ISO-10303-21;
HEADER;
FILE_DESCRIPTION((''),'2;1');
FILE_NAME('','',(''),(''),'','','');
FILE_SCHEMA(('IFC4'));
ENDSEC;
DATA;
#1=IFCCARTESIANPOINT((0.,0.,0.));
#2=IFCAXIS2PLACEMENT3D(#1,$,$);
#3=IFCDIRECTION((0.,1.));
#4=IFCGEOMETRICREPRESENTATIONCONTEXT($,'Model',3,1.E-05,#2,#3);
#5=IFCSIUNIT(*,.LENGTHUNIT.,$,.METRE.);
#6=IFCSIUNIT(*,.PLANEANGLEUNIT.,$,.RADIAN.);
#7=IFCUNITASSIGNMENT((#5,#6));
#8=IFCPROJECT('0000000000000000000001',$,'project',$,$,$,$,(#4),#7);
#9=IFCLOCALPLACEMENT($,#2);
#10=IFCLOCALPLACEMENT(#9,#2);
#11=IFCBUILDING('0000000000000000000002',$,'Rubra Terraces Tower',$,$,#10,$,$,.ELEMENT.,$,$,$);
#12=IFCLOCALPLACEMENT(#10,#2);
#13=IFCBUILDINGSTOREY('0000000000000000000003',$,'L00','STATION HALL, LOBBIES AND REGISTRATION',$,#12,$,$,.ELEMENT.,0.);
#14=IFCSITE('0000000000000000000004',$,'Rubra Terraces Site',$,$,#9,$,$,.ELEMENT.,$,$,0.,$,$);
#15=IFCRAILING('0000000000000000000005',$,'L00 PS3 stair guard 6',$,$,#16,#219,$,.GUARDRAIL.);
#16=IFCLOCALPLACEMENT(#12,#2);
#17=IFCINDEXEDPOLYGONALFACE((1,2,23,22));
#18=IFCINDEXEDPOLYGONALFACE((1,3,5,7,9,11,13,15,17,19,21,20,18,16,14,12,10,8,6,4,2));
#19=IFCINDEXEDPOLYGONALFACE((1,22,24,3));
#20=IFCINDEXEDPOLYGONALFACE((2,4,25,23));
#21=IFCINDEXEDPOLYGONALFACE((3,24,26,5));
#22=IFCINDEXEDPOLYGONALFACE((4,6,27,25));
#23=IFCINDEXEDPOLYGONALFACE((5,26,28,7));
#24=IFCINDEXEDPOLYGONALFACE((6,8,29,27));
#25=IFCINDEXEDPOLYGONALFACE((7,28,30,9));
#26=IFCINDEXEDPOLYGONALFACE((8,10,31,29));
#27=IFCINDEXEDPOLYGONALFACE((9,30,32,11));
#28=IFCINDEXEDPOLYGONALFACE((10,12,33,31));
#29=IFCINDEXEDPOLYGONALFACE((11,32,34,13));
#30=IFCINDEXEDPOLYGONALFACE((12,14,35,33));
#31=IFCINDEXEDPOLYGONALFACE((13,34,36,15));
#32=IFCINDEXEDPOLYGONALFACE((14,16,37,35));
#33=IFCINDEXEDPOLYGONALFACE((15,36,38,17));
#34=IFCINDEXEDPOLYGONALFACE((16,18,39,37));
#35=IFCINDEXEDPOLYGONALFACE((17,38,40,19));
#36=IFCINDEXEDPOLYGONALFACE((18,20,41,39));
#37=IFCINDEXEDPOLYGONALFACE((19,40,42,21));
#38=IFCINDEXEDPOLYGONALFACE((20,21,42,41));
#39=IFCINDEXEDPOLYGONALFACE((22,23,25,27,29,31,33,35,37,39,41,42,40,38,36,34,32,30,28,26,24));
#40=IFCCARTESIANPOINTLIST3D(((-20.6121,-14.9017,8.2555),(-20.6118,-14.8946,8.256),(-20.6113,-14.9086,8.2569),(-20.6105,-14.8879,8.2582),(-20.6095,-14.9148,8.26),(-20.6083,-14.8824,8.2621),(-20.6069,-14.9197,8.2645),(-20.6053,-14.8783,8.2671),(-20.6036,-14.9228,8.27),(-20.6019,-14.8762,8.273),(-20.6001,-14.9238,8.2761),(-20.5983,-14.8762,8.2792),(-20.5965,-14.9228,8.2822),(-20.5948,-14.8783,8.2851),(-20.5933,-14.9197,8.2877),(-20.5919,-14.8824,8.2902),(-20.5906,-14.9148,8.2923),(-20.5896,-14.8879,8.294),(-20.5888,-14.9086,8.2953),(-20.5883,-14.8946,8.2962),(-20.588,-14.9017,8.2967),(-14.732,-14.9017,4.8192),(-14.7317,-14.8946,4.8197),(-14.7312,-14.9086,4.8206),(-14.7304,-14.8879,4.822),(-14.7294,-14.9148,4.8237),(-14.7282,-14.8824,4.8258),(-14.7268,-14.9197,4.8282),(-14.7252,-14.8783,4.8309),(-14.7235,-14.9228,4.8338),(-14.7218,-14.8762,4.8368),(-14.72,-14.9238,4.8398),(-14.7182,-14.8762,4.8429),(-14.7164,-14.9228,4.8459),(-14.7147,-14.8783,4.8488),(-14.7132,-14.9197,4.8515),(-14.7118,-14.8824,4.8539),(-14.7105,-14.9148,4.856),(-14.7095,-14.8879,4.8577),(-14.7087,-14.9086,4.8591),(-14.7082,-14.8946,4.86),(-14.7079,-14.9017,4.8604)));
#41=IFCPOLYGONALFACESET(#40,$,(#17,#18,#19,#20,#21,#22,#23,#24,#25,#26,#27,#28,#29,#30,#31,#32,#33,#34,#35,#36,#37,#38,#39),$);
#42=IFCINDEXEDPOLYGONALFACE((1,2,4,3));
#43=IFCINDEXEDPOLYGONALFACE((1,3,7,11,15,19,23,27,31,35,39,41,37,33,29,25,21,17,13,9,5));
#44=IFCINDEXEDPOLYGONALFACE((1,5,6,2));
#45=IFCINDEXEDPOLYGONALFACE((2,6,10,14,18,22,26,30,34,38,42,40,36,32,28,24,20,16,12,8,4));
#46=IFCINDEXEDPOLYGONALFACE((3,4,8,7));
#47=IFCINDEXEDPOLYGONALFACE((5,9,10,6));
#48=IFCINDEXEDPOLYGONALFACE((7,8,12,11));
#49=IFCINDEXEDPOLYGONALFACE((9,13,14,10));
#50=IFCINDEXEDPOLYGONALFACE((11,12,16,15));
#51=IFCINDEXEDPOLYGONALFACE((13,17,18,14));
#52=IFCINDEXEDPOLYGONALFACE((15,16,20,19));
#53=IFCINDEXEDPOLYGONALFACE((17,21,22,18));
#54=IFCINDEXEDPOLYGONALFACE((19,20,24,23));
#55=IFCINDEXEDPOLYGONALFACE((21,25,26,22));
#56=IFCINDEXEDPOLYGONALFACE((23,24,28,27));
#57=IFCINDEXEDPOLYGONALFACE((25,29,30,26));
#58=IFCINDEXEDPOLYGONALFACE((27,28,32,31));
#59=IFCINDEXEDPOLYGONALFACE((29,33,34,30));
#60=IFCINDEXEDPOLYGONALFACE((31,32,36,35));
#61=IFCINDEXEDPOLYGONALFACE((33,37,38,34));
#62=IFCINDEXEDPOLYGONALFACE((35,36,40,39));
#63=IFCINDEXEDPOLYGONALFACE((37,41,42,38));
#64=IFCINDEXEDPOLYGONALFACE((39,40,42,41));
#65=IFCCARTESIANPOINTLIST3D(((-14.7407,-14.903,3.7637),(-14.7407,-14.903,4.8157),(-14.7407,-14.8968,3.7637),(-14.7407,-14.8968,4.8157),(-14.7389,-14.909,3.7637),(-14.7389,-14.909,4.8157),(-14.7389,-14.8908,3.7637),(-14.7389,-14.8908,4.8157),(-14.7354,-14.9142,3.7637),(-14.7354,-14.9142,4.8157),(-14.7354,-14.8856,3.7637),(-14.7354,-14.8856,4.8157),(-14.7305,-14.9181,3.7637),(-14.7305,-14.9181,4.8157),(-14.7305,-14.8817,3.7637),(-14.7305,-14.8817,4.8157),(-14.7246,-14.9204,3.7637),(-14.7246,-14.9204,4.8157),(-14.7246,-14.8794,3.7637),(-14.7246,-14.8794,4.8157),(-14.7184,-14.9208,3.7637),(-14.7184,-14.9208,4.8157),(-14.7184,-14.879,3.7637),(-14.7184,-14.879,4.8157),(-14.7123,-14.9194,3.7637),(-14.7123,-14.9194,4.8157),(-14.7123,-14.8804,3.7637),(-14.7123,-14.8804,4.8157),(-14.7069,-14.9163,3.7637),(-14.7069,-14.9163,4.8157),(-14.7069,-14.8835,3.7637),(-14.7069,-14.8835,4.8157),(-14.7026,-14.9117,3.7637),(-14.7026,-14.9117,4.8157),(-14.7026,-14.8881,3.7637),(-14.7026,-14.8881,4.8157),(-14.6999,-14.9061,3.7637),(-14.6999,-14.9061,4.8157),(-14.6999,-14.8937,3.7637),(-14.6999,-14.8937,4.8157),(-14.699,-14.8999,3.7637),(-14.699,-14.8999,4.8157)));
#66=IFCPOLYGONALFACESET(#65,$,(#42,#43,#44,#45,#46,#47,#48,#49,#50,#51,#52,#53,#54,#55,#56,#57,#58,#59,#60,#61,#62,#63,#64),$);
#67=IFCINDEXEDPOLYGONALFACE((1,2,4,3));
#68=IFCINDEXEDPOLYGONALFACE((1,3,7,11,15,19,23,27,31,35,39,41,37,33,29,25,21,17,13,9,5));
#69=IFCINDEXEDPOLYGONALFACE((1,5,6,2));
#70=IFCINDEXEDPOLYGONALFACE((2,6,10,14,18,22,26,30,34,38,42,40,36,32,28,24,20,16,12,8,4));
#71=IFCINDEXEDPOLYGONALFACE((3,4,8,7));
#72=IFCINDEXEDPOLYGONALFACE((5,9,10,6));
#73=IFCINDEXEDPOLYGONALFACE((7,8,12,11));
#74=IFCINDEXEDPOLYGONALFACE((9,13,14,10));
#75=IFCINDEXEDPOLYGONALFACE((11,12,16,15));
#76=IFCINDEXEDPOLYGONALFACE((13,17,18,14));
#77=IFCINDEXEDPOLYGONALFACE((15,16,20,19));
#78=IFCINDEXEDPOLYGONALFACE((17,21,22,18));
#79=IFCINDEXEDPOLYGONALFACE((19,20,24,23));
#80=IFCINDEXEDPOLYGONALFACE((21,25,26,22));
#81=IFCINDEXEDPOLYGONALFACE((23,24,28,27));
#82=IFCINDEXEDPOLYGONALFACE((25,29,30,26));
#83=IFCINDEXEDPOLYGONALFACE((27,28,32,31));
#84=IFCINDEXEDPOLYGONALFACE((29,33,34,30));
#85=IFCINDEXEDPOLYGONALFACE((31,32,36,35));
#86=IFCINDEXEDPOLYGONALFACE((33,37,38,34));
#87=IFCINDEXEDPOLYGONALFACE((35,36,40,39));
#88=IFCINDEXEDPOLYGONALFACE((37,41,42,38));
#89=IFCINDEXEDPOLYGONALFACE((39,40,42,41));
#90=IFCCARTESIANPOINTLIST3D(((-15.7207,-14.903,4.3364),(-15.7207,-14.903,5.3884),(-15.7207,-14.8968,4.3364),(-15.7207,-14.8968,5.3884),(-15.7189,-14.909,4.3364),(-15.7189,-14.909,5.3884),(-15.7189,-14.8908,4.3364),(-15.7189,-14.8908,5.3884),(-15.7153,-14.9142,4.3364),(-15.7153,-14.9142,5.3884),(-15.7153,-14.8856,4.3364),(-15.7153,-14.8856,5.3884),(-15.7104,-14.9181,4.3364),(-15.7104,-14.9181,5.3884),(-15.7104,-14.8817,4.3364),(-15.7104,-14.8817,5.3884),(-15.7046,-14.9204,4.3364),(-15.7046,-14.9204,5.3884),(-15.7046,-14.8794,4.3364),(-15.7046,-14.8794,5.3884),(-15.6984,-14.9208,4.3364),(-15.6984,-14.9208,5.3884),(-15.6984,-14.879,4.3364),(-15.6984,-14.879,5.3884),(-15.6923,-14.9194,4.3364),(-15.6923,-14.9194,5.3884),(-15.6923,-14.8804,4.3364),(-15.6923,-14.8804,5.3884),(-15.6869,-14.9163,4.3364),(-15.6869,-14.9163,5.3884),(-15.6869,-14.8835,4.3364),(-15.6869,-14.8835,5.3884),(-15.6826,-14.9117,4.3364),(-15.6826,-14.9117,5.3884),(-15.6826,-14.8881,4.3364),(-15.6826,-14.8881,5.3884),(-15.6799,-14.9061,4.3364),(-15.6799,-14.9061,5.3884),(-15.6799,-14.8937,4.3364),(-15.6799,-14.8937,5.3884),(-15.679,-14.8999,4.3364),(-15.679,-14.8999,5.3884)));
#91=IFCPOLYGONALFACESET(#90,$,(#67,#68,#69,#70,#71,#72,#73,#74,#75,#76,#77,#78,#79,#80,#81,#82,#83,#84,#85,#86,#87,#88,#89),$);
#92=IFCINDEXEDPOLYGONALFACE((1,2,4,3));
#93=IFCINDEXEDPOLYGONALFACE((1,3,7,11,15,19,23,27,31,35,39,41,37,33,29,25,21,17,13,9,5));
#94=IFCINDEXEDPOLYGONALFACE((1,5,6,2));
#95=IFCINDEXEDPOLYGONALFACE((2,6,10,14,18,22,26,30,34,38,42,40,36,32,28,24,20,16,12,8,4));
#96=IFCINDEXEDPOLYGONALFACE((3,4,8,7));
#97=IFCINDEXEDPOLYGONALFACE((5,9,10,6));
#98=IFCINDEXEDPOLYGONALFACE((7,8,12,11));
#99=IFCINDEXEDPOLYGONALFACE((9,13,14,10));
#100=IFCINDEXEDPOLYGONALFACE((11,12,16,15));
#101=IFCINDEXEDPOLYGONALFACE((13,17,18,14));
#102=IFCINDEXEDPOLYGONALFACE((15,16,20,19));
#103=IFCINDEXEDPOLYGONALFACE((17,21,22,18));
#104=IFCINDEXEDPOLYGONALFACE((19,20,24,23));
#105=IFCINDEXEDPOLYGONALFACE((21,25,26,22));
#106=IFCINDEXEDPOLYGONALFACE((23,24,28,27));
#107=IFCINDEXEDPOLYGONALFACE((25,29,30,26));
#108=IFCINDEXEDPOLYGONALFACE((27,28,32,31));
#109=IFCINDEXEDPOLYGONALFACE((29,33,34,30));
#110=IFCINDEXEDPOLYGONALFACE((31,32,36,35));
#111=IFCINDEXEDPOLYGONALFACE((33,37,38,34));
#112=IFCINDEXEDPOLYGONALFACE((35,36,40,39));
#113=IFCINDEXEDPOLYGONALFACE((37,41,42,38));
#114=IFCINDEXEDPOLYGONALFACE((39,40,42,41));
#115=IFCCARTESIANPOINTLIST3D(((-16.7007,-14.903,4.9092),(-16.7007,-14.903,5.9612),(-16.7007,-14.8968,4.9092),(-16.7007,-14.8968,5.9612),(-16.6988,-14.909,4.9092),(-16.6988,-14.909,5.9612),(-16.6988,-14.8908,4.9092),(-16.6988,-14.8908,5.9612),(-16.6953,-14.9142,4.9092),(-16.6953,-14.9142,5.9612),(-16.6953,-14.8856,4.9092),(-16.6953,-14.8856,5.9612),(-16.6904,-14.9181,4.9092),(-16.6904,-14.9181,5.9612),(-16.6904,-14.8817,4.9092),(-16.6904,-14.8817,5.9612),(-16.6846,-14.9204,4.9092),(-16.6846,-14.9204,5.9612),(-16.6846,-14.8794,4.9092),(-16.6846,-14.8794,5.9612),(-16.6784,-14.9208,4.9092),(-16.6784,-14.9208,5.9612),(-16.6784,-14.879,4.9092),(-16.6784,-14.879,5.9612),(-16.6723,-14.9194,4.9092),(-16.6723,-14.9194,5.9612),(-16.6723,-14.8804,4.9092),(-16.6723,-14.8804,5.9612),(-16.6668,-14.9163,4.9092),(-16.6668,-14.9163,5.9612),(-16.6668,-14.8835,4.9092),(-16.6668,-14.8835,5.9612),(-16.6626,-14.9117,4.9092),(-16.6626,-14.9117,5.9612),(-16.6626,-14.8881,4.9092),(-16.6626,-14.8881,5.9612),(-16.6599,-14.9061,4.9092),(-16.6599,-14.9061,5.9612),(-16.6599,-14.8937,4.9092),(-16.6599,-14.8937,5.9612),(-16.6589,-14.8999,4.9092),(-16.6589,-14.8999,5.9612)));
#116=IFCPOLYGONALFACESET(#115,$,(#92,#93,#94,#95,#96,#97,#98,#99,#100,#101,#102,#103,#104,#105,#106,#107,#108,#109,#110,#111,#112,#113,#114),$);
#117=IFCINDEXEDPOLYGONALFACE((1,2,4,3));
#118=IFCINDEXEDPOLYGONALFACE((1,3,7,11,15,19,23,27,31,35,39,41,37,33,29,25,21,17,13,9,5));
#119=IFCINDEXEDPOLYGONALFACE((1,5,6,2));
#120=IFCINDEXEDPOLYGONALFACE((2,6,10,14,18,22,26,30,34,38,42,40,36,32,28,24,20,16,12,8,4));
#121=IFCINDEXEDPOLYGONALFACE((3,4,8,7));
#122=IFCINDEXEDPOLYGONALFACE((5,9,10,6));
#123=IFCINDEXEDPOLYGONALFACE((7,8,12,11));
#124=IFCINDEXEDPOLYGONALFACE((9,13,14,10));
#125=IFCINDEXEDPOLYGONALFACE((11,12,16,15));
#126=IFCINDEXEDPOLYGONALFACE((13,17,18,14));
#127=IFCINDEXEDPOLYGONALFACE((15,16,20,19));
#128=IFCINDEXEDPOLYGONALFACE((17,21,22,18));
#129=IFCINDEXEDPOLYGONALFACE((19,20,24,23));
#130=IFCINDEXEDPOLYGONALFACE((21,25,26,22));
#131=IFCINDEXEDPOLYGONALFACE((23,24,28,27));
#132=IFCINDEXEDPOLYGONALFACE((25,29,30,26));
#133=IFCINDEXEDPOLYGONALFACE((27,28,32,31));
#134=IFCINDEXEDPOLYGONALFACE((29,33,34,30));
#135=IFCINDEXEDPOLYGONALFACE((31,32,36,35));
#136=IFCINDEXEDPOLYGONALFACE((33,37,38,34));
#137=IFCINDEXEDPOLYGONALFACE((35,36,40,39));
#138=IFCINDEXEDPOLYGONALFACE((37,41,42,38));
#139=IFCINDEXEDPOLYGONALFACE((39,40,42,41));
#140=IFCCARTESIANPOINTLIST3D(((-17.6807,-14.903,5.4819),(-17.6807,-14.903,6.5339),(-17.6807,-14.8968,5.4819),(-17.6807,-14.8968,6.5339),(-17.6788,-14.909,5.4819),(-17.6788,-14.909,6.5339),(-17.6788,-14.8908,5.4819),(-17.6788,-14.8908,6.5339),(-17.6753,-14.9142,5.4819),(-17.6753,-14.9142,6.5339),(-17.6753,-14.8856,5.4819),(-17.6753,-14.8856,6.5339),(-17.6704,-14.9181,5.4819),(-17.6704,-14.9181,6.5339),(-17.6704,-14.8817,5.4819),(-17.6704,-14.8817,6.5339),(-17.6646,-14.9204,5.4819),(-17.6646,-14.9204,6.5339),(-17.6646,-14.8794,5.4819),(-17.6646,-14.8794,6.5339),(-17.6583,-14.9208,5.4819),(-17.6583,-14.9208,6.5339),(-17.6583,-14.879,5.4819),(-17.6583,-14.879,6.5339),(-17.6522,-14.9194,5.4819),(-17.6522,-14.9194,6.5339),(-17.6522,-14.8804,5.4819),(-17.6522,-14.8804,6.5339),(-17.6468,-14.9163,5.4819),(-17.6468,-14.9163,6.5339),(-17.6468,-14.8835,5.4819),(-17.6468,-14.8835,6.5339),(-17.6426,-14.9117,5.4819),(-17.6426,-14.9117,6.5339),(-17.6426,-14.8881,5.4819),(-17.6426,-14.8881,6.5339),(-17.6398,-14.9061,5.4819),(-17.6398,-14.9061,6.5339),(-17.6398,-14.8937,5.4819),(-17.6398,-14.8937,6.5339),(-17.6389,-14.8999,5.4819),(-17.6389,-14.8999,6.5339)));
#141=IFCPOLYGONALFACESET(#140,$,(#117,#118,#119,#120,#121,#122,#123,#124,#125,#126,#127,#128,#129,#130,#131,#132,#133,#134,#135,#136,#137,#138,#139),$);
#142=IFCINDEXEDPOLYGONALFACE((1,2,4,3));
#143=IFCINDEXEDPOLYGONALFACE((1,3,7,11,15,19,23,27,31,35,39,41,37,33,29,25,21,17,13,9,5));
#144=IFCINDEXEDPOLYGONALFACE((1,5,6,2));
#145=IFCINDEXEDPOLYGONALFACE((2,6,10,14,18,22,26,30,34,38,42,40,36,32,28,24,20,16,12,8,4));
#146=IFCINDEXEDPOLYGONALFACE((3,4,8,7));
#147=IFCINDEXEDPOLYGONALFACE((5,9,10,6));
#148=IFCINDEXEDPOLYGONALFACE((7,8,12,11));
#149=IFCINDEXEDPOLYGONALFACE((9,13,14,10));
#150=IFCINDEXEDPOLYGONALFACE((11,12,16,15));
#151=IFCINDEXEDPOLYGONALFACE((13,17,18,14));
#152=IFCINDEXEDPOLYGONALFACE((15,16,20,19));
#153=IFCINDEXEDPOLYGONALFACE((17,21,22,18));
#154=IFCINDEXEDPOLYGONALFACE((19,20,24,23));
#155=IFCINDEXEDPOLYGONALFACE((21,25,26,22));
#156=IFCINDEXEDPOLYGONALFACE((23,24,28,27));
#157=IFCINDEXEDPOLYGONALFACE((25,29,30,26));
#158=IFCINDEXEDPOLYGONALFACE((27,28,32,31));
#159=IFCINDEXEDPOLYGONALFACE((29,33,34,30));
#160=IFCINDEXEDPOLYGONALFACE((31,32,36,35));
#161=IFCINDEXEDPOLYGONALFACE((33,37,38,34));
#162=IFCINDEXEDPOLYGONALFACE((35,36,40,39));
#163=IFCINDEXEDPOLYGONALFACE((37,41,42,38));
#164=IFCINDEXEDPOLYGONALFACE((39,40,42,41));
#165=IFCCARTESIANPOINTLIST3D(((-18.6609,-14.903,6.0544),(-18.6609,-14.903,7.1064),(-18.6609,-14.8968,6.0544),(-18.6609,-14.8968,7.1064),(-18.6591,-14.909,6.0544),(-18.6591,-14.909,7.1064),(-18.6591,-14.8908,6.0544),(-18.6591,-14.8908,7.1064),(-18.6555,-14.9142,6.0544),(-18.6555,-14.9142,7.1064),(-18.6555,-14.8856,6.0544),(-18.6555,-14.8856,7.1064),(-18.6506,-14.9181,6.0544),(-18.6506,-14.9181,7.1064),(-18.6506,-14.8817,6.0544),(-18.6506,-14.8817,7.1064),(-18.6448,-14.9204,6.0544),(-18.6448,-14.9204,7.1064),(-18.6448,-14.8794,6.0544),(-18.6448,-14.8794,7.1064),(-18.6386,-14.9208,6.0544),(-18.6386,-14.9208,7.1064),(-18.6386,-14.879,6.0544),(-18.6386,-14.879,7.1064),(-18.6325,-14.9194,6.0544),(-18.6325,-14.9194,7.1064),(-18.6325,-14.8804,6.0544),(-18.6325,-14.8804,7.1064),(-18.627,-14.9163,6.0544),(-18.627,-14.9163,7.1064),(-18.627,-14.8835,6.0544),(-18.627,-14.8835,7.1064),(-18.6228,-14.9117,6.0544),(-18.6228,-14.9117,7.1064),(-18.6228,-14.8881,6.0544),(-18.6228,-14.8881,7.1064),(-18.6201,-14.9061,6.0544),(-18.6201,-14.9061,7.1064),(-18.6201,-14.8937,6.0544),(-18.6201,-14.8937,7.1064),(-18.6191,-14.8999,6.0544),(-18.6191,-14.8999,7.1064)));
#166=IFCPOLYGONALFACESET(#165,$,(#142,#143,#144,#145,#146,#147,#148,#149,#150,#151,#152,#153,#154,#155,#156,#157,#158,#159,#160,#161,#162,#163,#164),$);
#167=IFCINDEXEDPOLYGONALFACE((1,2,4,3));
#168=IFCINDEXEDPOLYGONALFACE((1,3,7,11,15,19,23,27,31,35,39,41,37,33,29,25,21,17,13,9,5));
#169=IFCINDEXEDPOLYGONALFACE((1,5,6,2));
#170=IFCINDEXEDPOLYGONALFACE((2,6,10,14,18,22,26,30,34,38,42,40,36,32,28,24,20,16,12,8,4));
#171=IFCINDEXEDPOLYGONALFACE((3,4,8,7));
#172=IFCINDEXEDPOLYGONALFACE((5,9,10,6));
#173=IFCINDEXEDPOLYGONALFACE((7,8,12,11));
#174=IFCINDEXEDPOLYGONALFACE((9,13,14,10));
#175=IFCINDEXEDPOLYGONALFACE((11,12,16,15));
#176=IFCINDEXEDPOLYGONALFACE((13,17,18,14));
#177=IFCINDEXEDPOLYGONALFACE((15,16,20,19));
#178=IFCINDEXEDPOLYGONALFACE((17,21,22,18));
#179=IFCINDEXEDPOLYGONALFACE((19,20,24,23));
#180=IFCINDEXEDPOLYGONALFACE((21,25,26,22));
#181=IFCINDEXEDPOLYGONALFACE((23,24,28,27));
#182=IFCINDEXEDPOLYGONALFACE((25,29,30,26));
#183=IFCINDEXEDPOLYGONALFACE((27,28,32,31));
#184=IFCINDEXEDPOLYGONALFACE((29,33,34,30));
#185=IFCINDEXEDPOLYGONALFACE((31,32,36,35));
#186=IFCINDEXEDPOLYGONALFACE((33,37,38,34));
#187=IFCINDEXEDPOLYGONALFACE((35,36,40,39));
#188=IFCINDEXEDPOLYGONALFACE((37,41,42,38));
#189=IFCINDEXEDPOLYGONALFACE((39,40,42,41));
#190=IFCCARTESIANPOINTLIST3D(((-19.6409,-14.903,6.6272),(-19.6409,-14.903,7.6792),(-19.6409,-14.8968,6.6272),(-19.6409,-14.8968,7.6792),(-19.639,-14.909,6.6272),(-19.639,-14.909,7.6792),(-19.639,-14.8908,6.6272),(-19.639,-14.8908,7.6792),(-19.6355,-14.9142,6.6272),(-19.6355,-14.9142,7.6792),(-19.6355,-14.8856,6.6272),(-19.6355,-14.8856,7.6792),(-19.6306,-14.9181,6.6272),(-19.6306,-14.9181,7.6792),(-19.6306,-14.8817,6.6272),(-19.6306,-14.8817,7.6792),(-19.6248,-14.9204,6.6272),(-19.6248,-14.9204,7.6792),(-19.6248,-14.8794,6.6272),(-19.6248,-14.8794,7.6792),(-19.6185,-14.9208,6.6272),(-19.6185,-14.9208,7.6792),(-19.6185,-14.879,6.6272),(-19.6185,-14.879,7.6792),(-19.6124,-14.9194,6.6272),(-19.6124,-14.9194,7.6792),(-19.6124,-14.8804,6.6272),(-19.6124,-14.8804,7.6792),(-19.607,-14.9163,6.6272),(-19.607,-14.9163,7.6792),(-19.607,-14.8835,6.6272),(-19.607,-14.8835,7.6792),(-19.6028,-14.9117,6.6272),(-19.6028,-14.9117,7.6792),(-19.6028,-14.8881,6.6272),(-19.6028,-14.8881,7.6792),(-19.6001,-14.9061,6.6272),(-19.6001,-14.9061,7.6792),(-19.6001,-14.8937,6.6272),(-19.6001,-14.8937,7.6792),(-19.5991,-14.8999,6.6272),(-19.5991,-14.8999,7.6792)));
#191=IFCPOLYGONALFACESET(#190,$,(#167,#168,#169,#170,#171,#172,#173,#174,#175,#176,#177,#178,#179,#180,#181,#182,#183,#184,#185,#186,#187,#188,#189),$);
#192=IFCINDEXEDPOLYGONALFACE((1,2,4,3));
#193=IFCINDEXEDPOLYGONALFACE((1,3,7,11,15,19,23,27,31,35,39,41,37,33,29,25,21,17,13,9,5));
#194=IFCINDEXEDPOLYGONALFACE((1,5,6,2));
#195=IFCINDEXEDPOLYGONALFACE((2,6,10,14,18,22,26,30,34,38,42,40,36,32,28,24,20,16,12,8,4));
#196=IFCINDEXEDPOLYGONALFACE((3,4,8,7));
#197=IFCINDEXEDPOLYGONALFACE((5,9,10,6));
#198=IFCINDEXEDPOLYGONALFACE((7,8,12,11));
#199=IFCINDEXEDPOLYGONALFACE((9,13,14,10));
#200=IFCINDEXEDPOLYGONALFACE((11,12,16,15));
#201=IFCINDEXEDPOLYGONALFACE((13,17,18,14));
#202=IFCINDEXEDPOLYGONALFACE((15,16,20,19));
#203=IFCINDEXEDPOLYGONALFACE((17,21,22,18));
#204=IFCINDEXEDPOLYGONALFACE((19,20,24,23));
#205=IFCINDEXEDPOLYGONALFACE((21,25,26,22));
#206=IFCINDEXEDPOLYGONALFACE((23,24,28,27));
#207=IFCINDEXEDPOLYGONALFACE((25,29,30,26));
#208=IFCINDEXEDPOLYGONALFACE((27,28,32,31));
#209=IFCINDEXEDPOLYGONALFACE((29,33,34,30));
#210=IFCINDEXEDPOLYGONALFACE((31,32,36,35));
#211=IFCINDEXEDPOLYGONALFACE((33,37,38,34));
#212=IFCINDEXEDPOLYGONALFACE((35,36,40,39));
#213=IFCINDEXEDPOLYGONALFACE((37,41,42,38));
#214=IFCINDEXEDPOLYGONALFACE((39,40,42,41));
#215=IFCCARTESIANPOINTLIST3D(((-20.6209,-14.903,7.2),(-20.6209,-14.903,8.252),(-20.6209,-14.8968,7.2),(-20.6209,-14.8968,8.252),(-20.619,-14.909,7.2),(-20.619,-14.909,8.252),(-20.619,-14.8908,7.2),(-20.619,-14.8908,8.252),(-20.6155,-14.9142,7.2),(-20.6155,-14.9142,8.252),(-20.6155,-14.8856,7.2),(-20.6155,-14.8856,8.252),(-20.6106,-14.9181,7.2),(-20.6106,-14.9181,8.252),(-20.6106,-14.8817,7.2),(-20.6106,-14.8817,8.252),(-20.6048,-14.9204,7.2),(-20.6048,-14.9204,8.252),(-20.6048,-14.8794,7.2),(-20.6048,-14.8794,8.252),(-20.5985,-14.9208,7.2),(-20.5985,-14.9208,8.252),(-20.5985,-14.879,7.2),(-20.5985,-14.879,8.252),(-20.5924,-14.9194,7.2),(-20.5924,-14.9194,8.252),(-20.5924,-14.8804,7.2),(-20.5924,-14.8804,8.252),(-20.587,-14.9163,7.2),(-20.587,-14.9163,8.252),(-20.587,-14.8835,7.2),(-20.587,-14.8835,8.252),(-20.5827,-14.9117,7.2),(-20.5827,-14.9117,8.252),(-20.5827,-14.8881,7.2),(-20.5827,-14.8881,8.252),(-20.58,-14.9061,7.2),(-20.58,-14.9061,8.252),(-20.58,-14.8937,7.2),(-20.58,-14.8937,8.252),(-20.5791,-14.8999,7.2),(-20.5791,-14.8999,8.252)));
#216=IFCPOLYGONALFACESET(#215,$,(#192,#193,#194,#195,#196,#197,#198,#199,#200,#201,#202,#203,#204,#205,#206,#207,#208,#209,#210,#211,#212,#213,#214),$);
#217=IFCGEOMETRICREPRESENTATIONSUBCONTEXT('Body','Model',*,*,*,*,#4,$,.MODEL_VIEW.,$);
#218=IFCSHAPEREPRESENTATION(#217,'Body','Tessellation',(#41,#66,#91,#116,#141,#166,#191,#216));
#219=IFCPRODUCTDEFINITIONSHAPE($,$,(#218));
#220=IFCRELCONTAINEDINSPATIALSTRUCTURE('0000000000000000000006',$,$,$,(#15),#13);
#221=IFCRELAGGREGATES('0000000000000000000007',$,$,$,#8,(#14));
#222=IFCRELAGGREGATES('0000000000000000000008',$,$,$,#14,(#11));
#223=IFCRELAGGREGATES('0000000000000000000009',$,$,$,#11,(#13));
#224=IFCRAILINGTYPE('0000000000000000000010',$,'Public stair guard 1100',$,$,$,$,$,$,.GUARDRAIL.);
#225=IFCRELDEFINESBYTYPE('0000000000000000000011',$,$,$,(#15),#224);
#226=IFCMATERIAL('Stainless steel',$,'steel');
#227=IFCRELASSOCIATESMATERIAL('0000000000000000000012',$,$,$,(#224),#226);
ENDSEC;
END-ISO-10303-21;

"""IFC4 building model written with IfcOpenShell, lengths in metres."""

from ifc_helpers import new_model, si_unit, direction, frame, origin, origin_2d, place, context, subcontext, project, spatial, circle, extrude, material, type_object, element, save


model = new_model("IFC4")

# Units and contexts
model_context = context("Model", 3, precision=1e-05, world=origin(), true_north=direction((0.0, 1.0)))
body_context = subcontext(model_context, "Body", "Model", "MODEL_VIEW")
ifc_project = project(units=[si_unit("LENGTHUNIT", "METRE"), si_unit("PLANEANGLEUNIT", "RADIAN")], contexts=[model_context])

# Site, building, storey
site_placement = place(None, origin())
site = spatial("IfcSite", under=ifc_project, at=site_placement, Name="Rubra Terraces Site", CompositionType="ELEMENT", RefElevation=0.0)
building_placement = place(site_placement, origin())
building = spatial("IfcBuilding", under=site, at=building_placement, Name="Rubra Terraces Tower", CompositionType="ELEMENT")
storey_placement = place(building_placement, origin())
storey = spatial("IfcBuildingStorey", under=building, at=storey_placement, Name="L00", Description="STATION HALL, LOBBIES AND REGISTRATION", CompositionType="ELEMENT", Elevation=0.0)

# Railing
ifc_material_1 = material(Name="Stainless steel", Category="steel")
railing_type_1 = type_object("IfcRailingType", Name="Public stair guard 1100", PredefinedType="GUARDRAIL", material=ifc_material_1)
railing_1_placement = place(storey_placement, frame((-14.72, -14.8999, 3.7637)))
element("IfcRailing", 1, at=railing_1_placement, inside=storey, type_object=railing_type_1, Name="L00 PS3 stair guard 6", PredefinedType="GUARDRAIL", context=body_context, shape_type="SweptSolid", body=[
    extrude(circle(Radius=0.0239, at=origin_2d()), frame((0.0, 0.0, 1.0762), z_axis=(-0.863382, 0.0, 0.504551), x_axis=(0.0, -1.0, 0.0)), (0.0, 0.0, 1.0), 6.8105),
    extrude(circle(Radius=0.021, at=origin_2d()), origin(), (0.0, 0.0, 1.0), 1.052),
    extrude(circle(Radius=0.021, at=origin_2d()), frame((-0.98, 0.0, 0.5728)), (0.0, 0.0, 1.0), 1.052),
    extrude(circle(Radius=0.021, at=origin_2d()), frame((-1.96, 0.0, 1.1455)), (0.0, 0.0, 1.0), 1.052),
    extrude(circle(Radius=0.021, at=origin_2d()), frame((-2.9399, 0.0, 1.7183)), (0.0, 0.0, 1.0), 1.052),
    extrude(circle(Radius=0.021, at=origin_2d()), frame((-3.9202, 0.0, 2.2908)), (0.0, 0.0, 1.0), 1.052),
    extrude(circle(Radius=0.021, at=origin_2d()), frame((-4.9001, 0.0, 2.8635)), (0.0, 0.0, 1.0), 1.052),
    extrude(circle(Radius=0.021, at=origin_2d()), frame((-5.8801, 0.0, 3.4363)), (0.0, 0.0, 1.0), 1.052),
])

save(model, "model.ifc")
